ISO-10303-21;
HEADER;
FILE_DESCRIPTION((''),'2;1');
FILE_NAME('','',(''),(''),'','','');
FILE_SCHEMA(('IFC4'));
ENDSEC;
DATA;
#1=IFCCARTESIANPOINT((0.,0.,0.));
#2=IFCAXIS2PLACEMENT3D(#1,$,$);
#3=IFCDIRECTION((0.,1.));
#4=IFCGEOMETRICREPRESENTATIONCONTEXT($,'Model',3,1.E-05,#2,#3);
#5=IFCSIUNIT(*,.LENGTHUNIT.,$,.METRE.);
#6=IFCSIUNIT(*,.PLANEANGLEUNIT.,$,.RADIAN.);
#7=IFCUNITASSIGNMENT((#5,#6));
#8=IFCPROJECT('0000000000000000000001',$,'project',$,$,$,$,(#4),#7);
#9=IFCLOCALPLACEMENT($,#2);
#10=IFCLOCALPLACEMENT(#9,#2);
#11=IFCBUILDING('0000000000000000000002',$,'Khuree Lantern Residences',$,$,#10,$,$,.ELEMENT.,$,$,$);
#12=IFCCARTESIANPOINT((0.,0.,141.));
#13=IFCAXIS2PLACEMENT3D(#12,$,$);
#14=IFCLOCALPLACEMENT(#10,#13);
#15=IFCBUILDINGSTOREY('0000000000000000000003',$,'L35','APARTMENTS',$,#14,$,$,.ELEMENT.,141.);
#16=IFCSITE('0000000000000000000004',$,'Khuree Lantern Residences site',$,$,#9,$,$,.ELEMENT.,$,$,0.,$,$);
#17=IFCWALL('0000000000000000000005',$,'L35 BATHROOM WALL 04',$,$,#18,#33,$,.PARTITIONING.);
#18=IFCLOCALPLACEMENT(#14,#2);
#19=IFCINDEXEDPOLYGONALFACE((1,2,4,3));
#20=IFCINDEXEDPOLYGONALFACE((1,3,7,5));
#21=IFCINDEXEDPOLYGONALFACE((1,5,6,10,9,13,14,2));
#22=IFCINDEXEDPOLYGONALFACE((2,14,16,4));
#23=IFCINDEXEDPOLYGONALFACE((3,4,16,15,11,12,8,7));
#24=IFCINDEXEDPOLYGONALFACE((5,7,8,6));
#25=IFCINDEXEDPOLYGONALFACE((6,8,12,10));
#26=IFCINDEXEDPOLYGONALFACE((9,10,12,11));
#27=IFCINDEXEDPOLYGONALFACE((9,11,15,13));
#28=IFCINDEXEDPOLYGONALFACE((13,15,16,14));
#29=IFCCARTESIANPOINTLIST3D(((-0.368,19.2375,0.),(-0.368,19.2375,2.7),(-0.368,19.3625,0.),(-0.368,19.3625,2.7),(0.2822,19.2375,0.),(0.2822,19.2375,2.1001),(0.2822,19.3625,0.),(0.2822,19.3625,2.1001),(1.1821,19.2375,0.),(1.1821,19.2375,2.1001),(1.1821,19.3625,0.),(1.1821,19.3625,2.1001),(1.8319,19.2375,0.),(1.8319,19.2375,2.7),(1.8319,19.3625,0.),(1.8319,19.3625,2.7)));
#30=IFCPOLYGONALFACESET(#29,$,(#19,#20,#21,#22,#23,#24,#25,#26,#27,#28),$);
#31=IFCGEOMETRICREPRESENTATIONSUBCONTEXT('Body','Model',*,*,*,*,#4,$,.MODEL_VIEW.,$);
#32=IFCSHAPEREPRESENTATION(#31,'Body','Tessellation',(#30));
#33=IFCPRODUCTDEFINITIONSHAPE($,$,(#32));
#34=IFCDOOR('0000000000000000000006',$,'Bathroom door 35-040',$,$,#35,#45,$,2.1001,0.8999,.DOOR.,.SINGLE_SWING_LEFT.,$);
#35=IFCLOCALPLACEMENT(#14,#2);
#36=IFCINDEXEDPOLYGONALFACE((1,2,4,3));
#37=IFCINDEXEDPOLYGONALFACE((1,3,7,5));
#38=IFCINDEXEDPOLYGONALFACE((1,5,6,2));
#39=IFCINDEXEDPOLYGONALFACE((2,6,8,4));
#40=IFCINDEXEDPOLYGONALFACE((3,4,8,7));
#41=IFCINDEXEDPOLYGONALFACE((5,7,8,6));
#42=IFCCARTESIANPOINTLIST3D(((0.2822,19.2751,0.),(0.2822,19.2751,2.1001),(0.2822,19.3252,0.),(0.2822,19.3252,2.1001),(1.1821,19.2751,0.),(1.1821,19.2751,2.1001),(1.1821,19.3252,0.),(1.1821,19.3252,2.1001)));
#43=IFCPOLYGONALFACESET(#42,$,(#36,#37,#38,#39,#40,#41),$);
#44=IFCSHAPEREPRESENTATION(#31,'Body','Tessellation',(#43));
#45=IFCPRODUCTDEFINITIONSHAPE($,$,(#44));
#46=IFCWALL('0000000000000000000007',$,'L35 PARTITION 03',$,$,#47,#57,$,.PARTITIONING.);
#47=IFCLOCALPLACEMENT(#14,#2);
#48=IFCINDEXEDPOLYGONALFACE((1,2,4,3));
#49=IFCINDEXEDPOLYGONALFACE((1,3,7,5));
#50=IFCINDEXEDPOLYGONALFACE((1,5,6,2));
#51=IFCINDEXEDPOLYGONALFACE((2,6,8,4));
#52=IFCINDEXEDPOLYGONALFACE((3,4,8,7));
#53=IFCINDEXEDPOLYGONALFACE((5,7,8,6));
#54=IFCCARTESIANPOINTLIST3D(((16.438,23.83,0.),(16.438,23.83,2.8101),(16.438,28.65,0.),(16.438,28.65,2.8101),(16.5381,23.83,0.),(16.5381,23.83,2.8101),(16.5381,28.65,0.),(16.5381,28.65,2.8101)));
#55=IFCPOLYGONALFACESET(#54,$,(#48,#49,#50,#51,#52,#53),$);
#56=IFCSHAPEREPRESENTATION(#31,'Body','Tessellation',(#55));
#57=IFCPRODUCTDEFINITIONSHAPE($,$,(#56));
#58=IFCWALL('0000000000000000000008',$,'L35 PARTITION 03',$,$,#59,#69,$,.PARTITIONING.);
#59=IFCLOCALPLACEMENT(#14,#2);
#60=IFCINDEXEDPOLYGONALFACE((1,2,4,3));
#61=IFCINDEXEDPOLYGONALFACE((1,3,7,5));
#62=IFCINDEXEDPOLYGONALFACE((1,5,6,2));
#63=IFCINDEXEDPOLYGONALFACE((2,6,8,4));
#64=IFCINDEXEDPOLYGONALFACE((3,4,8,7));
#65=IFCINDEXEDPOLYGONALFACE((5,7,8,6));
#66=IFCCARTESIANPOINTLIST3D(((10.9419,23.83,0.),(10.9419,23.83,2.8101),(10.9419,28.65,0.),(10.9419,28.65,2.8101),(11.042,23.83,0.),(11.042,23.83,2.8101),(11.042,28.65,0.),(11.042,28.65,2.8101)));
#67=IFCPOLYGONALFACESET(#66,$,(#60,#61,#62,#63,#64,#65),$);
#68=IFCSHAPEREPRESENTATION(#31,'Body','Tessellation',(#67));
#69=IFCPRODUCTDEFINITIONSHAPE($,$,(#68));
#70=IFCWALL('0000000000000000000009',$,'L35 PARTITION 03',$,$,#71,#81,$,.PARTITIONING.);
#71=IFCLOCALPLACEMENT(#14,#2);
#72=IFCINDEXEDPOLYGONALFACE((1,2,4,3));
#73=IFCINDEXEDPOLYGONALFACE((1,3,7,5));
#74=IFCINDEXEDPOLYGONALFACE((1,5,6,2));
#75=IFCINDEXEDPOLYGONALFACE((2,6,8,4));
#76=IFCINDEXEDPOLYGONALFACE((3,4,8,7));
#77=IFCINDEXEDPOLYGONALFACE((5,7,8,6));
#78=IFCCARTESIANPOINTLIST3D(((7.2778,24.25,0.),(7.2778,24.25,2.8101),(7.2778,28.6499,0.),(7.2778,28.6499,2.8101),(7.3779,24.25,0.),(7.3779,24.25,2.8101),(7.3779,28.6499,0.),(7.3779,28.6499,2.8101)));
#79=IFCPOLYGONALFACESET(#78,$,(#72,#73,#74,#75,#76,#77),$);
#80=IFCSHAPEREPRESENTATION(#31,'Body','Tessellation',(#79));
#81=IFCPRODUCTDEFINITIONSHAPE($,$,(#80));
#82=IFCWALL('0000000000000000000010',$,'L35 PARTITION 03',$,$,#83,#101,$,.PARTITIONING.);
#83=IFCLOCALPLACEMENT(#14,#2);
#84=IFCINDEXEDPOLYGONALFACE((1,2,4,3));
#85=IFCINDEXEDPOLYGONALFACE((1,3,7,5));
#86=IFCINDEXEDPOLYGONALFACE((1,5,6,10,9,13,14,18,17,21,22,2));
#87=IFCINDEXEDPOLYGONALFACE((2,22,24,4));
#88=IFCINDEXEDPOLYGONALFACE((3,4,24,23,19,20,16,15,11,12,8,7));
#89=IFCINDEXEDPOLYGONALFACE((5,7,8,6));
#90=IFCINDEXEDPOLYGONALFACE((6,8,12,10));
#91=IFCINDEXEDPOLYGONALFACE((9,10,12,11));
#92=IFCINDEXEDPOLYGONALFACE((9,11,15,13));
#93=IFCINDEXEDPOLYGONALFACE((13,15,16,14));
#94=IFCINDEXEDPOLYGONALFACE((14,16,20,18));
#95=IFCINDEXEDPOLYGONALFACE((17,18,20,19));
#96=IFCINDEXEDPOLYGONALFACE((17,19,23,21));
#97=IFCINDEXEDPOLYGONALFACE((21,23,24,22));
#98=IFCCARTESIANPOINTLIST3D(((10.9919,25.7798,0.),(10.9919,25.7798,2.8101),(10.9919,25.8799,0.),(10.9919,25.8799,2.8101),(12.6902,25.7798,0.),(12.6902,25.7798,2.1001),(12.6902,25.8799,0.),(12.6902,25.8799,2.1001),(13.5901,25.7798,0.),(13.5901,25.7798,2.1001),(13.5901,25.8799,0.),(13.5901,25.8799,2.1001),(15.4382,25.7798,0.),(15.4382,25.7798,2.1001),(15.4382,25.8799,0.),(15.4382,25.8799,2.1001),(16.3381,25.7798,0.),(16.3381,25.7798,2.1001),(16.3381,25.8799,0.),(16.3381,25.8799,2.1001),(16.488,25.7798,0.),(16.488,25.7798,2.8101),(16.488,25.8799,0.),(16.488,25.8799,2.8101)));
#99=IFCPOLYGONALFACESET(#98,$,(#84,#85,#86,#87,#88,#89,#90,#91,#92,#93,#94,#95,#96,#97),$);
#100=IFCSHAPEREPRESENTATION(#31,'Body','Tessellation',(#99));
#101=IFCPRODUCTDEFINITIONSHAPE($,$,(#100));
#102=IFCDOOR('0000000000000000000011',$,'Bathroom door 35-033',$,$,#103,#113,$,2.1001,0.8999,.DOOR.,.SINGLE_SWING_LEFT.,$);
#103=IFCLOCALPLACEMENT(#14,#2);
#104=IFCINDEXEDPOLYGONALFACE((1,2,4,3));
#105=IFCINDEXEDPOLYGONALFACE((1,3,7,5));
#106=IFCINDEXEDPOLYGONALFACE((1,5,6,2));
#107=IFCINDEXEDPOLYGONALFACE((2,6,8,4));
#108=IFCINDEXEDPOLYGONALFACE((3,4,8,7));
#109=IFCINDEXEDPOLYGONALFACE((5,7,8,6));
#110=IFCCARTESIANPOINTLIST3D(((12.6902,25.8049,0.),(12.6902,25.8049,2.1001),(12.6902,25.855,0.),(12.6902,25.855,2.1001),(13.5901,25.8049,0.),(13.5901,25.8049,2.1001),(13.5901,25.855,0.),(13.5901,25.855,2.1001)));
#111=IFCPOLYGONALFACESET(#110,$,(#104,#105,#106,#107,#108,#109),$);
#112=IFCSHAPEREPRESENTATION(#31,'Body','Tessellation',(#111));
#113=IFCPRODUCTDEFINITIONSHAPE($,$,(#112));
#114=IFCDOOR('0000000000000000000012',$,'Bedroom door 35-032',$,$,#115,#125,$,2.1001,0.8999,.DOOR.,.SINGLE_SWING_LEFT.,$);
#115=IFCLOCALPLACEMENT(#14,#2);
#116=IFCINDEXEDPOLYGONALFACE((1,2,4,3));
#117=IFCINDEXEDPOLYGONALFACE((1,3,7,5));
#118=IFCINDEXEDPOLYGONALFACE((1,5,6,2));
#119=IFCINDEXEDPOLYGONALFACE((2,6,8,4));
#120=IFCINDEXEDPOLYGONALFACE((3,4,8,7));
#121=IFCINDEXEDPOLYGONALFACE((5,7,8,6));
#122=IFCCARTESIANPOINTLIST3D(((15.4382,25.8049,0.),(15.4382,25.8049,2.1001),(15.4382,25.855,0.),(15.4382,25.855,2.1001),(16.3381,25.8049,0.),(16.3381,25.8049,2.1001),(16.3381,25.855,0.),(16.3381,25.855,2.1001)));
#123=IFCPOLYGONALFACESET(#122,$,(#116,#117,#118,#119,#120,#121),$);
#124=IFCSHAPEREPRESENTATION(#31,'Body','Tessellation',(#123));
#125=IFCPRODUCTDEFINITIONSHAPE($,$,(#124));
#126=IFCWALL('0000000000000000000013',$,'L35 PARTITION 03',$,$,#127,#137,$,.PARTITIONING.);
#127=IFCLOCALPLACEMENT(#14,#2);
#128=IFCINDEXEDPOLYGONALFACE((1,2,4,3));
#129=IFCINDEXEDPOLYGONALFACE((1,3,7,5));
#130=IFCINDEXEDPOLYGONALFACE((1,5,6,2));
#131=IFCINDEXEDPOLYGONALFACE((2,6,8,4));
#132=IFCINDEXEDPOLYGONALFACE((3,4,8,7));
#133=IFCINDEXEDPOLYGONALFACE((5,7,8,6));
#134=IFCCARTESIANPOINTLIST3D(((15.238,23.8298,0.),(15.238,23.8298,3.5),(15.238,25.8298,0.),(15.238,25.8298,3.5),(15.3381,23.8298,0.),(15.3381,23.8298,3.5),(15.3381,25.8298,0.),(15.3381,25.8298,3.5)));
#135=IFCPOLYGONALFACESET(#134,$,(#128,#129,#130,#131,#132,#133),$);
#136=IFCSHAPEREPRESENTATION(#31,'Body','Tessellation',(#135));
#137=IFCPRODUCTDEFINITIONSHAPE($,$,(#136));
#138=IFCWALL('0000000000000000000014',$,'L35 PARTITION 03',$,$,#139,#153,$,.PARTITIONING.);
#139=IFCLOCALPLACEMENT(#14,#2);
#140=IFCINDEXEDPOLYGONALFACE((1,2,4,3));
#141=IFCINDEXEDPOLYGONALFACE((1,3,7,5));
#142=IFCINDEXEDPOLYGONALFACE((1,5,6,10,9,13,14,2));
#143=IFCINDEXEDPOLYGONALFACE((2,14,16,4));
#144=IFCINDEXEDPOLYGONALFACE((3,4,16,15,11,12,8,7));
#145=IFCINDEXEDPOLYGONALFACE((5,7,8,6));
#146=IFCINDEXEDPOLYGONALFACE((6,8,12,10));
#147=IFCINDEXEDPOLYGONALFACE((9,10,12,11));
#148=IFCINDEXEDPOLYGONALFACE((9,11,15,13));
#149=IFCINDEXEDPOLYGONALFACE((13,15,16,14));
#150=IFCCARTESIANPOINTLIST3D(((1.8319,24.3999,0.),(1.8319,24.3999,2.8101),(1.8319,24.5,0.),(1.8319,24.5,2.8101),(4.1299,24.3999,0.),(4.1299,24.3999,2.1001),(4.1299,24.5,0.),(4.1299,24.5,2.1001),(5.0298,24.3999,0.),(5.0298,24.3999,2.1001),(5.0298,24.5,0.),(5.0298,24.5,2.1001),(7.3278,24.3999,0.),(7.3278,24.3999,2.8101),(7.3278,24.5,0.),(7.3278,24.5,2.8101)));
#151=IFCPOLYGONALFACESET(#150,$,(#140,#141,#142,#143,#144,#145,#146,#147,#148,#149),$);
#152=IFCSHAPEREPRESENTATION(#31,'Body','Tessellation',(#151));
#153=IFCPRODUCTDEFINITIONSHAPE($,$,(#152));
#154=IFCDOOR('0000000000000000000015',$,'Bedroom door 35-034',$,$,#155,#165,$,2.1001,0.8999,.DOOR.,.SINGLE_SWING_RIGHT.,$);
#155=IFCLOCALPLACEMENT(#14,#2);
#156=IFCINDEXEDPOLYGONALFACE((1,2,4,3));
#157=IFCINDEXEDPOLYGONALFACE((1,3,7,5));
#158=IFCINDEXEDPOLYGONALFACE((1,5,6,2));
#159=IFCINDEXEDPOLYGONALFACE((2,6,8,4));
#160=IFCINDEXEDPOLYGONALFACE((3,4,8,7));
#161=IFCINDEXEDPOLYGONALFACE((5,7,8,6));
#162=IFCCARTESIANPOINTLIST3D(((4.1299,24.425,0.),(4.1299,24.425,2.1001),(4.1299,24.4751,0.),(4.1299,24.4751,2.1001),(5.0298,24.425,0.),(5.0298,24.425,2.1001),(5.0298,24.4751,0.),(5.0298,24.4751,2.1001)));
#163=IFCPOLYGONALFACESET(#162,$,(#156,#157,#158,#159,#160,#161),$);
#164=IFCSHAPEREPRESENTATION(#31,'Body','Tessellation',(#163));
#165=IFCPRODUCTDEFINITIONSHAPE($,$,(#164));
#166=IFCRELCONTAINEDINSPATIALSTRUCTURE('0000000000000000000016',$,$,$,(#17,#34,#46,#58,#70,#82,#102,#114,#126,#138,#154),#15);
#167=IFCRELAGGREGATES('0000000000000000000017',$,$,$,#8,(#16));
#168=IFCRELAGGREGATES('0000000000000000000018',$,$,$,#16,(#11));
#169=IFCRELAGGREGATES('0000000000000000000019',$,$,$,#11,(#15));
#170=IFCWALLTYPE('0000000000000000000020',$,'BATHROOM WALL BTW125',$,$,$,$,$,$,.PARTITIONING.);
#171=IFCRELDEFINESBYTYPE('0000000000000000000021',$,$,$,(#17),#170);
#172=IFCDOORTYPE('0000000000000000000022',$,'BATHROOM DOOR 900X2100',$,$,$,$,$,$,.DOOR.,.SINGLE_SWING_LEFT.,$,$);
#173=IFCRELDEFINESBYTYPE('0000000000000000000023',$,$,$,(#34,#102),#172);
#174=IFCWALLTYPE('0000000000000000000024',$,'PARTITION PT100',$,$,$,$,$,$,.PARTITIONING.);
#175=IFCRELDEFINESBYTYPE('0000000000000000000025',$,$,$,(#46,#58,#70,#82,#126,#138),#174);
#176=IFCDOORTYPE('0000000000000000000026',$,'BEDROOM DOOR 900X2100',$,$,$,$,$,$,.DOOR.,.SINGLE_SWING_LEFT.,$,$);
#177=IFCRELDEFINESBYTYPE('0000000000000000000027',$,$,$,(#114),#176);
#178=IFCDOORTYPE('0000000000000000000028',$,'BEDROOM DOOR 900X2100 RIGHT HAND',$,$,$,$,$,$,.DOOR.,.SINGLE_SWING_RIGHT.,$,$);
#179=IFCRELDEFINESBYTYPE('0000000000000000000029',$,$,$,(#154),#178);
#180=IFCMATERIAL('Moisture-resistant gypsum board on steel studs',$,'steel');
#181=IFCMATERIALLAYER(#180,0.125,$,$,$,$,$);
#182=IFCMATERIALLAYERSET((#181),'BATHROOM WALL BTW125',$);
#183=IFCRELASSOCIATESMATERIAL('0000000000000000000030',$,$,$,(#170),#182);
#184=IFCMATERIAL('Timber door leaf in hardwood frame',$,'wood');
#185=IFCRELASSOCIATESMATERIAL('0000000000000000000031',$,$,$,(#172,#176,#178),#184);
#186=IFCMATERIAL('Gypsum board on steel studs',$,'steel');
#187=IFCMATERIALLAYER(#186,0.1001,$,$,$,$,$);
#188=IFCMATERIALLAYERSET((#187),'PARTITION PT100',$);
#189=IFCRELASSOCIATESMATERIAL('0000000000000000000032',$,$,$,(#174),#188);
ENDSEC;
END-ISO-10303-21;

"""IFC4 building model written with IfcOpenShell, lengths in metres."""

from ifc_helpers import new_model, si_unit, direction, frame, frame_2d, origin, place, context, subcontext, project, spatial, rectangle, extrude, material, layer, layer_set, type_object, element, fill, save


model = new_model("IFC4")

# Units and contexts
model_context = context("Model", 3, precision=1e-05, world=origin(), true_north=direction((0.0, 1.0)))
body_context = subcontext(model_context, "Body", "Model", "MODEL_VIEW")
ifc_project = project(units=[si_unit("LENGTHUNIT", "METRE"), si_unit("PLANEANGLEUNIT", "RADIAN")], contexts=[model_context])

# Site, building, storey
site_placement = place(None, origin())
site = spatial("IfcSite", under=ifc_project, at=site_placement, Name="Khuree Lantern Residences site", CompositionType="ELEMENT", RefElevation=0.0)
building_placement = place(site_placement, origin())
building = spatial("IfcBuilding", under=site, at=building_placement, Name="Khuree Lantern Residences", CompositionType="ELEMENT")
storey_placement = place(building_placement, frame((0.0, 0.0, 141.0)))
storey = spatial("IfcBuildingStorey", under=building, at=storey_placement, Name="L35", Description="APARTMENTS", CompositionType="ELEMENT", Elevation=141.0)

# Shared definitions
ifc_material_1 = material(Name="Moisture-resistant gypsum board on steel studs", Category="steel")
ifc_layer_1 = layer(ifc_material_1, 0.125)
ifc_layer_set_1 = layer_set([ifc_layer_1], Name="BATHROOM WALL BTW125")
wall_type_1 = type_object("IfcWallType", Name="BATHROOM WALL BTW125", PredefinedType="PARTITIONING", material=ifc_layer_set_1)

# Wall, opening, door
wall_1_placement = place(storey_placement, frame((1.832, 19.3, 0.0), z_axis=(0.0, 0.0, 1.0), x_axis=(-1.0, 0.0, 0.0)))
wall_1 = element("IfcWall", 1, at=wall_1_placement, inside=storey, type_object=wall_type_1, Name="L35 BATHROOM WALL 04", PredefinedType="PARTITIONING", context=body_context, shape_type="SweptSolid", body=[
    extrude(rectangle(XDim=2.2, YDim=0.125, at=frame_2d((1.1001, 0.0))), origin(), (0.0, 0.0, 1.0), 2.7),
])
opening_1_placement = place(wall_1_placement, frame((0.6499, 0.0, 0.0)))
opening_1 = element("IfcOpeningElement", 2, at=opening_1_placement, cuts=wall_1, PredefinedType="OPENING", context=body_context, shape_type="SweptSolid", body=[
    extrude(rectangle(XDim=0.8999, YDim=2.1001, at=frame_2d((0.45, 1.05))), frame((0.0, 0.0725, 0.0), z_axis=(0.0, -1.0, 0.0), x_axis=(1.0, 0.0, 0.0)), (0.0, 0.0, 1.0), 0.145),
])
ifc_material_2 = material(Name="Timber door leaf in hardwood frame", Category="wood")
door_type_1 = type_object("IfcDoorType", Name="BATHROOM DOOR 900X2100", OperationType="SINGLE_SWING_LEFT", PredefinedType="DOOR", material=ifc_material_2)
door_1_placement = place(opening_1_placement, origin())
door_1 = element("IfcDoor", 3, at=door_1_placement, inside=storey, type_object=door_type_1, Name="Bathroom door 35-040", OperationType="SINGLE_SWING_LEFT", OverallHeight=2.1001, OverallWidth=0.8999, PredefinedType="DOOR", context=body_context, shape_type="SweptSolid", body=[
    extrude(rectangle(XDim=0.8999, YDim=2.1001, at=frame_2d((0.45, 1.05))), frame((0.0, 0.0249, 0.0), z_axis=(0.0, -1.0, 0.0), x_axis=(1.0, 0.0, 0.0)), (0.0, 0.0, 1.0), 0.05),
])
fill(opening_1, door_1)

# Walls
ifc_material_3 = material(Name="Gypsum board on steel studs", Category="steel")
ifc_layer_2 = layer(ifc_material_3, 0.1001)
ifc_layer_set_2 = layer_set([ifc_layer_2], Name="PARTITION PT100")
wall_type_2 = type_object("IfcWallType", Name="PARTITION PT100", PredefinedType="PARTITIONING", material=ifc_layer_set_2)
for number, where, z_axis, x_axis, name in (
    (4, (16.488, 23.8298, 0.0), (0.0, 0.0, 1.0), (0.0, 1.0, 0.0), "L35 PARTITION 03"),
    (5, (10.9919, 23.8298, 0.0), (0.0, 0.0, 1.0), (0.0, 1.0, 0.0), "L35 PARTITION 03"),
):
    element("IfcWall", number, at=place(storey_placement, frame(where, z_axis=z_axis, x_axis=x_axis)), inside=storey, type_object=wall_type_2, Name=name, PredefinedType="PARTITIONING", context=body_context, shape_type="SweptSolid", body=[
        extrude(rectangle(XDim=4.8201, YDim=0.1001, at=frame_2d((2.4102, 0.0))), origin(), (0.0, 0.0, 1.0), 2.8101),
    ])
wall_2_placement = place(storey_placement, frame((7.3279, 24.25, 0.0), z_axis=(0.0, 0.0, 1.0), x_axis=(0.0, 1.0, 0.0)))
element("IfcWall", 6, at=wall_2_placement, inside=storey, type_object=wall_type_2, Name="L35 PARTITION 03", PredefinedType="PARTITIONING", context=body_context, shape_type="SweptSolid", body=[
    extrude(rectangle(XDim=4.3999, YDim=0.1001, at=frame_2d((2.2, 0.0))), origin(), (0.0, 0.0, 1.0), 2.8101),
])

# Wall, openings, doors
wall_3_placement = place(storey_placement, frame((16.488, 25.8298, 0.0), z_axis=(0.0, 0.0, 1.0), x_axis=(-1.0, 0.0, 0.0)))
wall_3 = element("IfcWall", 7, at=wall_3_placement, inside=storey, type_object=wall_type_2, Name="L35 PARTITION 03", PredefinedType="PARTITIONING", context=body_context, shape_type="SweptSolid", body=[
    extrude(rectangle(XDim=5.4961, YDim=0.1001, at=frame_2d((2.748, 0.0))), origin(), (0.0, 0.0, 1.0), 2.8101),
])
opening_2_placement = place(wall_3_placement, frame((0.1499, 0.0, 0.0)))
opening_2 = element("IfcOpeningElement", 8, at=opening_2_placement, cuts=wall_3, PredefinedType="OPENING", context=body_context, shape_type="SweptSolid", body=[
    extrude(rectangle(XDim=0.8999, YDim=2.1001, at=frame_2d((0.45, 1.05))), frame((0.0, 0.0601, 0.0), z_axis=(0.0, -1.0, 0.0), x_axis=(1.0, 0.0, 0.0)), (0.0, 0.0, 1.0), 0.1201),
])
opening_3_placement = place(wall_3_placement, frame((2.8979, 0.0, 0.0)))
opening_3 = element("IfcOpeningElement", 9, at=opening_3_placement, cuts=wall_3, PredefinedType="OPENING", context=body_context, shape_type="SweptSolid", body=[
    extrude(rectangle(XDim=0.8999, YDim=2.1001, at=frame_2d((0.45, 1.05))), frame((0.0, 0.0601, 0.0), z_axis=(0.0, -1.0, 0.0), x_axis=(1.0, 0.0, 0.0)), (0.0, 0.0, 1.0), 0.1201),
])
door_2_placement = place(opening_3_placement, origin())
door_2 = element("IfcDoor", 10, at=door_2_placement, inside=storey, type_object=door_type_1, Name="Bathroom door 35-033", OperationType="SINGLE_SWING_LEFT", OverallHeight=2.1001, OverallWidth=0.8999, PredefinedType="DOOR", context=body_context, shape_type="SweptSolid", body=[
    extrude(rectangle(XDim=0.8999, YDim=2.1001, at=frame_2d((0.45, 1.05))), frame((0.0, 0.0249, 0.0), z_axis=(0.0, -1.0, 0.0), x_axis=(1.0, 0.0, 0.0)), (0.0, 0.0, 1.0), 0.05),
])
fill(opening_3, door_2)
door_type_2 = type_object("IfcDoorType", Name="BEDROOM DOOR 900X2100", OperationType="SINGLE_SWING_LEFT", PredefinedType="DOOR", material=ifc_material_2)
door_3_placement = place(opening_2_placement, origin())
door_3 = element("IfcDoor", 11, at=door_3_placement, inside=storey, type_object=door_type_2, Name="Bedroom door 35-032", OperationType="SINGLE_SWING_LEFT", OverallHeight=2.1001, OverallWidth=0.8999, PredefinedType="DOOR", context=body_context, shape_type="SweptSolid", body=[
    extrude(rectangle(XDim=0.8999, YDim=2.1001, at=frame_2d((0.45, 1.05))), frame((0.0, 0.0249, 0.0), z_axis=(0.0, -1.0, 0.0), x_axis=(1.0, 0.0, 0.0)), (0.0, 0.0, 1.0), 0.05),
])
fill(opening_2, door_3)

# Wall
wall_4_placement = place(storey_placement, frame((15.2881, 23.8298, 0.0), z_axis=(0.0, 0.0, 1.0), x_axis=(0.0, 1.0, 0.0)))
element("IfcWall", 12, at=wall_4_placement, inside=storey, type_object=wall_type_2, Name="L35 PARTITION 03", PredefinedType="PARTITIONING", context=body_context, shape_type="SweptSolid", body=[
    extrude(rectangle(XDim=2.0, YDim=0.1001, at=frame_2d((1.0, 0.0))), origin(), (0.0, 0.0, 1.0), 3.5),
])

# Wall, opening, door
wall_5_placement = place(storey_placement, frame((7.3279, 24.45, 0.0), z_axis=(0.0, 0.0, 1.0), x_axis=(-1.0, 0.0, 0.0)))
wall_5 = element("IfcWall", 13, at=wall_5_placement, inside=storey, type_object=wall_type_2, Name="L35 PARTITION 03", PredefinedType="PARTITIONING", context=body_context, shape_type="SweptSolid", body=[
    extrude(rectangle(XDim=5.4958, YDim=0.1001, at=frame_2d((2.748, 0.0))), origin(), (0.0, 0.0, 1.0), 2.8101),
])
opening_4_placement = place(wall_5_placement, frame((2.2981, 0.0, 0.0)))
opening_4 = element("IfcOpeningElement", 14, at=opening_4_placement, cuts=wall_5, PredefinedType="OPENING", context=body_context, shape_type="SweptSolid", body=[
    extrude(rectangle(XDim=0.8999, YDim=2.1001, at=frame_2d((0.45, 1.05))), frame((0.0, 0.0601, 0.0), z_axis=(0.0, -1.0, 0.0), x_axis=(1.0, 0.0, 0.0)), (0.0, 0.0, 1.0), 0.1201),
])
door_type_3 = type_object("IfcDoorType", Name="BEDROOM DOOR 900X2100 RIGHT HAND", OperationType="SINGLE_SWING_RIGHT", PredefinedType="DOOR", material=ifc_material_2)
door_4_placement = place(opening_4_placement, origin())
door_4 = element("IfcDoor", 15, at=door_4_placement, inside=storey, type_object=door_type_3, Name="Bedroom door 35-034", OperationType="SINGLE_SWING_RIGHT", OverallHeight=2.1001, OverallWidth=0.8999, PredefinedType="DOOR", context=body_context, shape_type="SweptSolid", body=[
    extrude(rectangle(XDim=0.8999, YDim=2.1001, at=frame_2d((0.45, 1.05))), frame((0.0, 0.0249, 0.0), z_axis=(0.0, -1.0, 0.0), x_axis=(1.0, 0.0, 0.0)), (0.0, 0.0, 1.0), 0.05),
])
fill(opening_4, door_4)

save(model, "model.ifc")
